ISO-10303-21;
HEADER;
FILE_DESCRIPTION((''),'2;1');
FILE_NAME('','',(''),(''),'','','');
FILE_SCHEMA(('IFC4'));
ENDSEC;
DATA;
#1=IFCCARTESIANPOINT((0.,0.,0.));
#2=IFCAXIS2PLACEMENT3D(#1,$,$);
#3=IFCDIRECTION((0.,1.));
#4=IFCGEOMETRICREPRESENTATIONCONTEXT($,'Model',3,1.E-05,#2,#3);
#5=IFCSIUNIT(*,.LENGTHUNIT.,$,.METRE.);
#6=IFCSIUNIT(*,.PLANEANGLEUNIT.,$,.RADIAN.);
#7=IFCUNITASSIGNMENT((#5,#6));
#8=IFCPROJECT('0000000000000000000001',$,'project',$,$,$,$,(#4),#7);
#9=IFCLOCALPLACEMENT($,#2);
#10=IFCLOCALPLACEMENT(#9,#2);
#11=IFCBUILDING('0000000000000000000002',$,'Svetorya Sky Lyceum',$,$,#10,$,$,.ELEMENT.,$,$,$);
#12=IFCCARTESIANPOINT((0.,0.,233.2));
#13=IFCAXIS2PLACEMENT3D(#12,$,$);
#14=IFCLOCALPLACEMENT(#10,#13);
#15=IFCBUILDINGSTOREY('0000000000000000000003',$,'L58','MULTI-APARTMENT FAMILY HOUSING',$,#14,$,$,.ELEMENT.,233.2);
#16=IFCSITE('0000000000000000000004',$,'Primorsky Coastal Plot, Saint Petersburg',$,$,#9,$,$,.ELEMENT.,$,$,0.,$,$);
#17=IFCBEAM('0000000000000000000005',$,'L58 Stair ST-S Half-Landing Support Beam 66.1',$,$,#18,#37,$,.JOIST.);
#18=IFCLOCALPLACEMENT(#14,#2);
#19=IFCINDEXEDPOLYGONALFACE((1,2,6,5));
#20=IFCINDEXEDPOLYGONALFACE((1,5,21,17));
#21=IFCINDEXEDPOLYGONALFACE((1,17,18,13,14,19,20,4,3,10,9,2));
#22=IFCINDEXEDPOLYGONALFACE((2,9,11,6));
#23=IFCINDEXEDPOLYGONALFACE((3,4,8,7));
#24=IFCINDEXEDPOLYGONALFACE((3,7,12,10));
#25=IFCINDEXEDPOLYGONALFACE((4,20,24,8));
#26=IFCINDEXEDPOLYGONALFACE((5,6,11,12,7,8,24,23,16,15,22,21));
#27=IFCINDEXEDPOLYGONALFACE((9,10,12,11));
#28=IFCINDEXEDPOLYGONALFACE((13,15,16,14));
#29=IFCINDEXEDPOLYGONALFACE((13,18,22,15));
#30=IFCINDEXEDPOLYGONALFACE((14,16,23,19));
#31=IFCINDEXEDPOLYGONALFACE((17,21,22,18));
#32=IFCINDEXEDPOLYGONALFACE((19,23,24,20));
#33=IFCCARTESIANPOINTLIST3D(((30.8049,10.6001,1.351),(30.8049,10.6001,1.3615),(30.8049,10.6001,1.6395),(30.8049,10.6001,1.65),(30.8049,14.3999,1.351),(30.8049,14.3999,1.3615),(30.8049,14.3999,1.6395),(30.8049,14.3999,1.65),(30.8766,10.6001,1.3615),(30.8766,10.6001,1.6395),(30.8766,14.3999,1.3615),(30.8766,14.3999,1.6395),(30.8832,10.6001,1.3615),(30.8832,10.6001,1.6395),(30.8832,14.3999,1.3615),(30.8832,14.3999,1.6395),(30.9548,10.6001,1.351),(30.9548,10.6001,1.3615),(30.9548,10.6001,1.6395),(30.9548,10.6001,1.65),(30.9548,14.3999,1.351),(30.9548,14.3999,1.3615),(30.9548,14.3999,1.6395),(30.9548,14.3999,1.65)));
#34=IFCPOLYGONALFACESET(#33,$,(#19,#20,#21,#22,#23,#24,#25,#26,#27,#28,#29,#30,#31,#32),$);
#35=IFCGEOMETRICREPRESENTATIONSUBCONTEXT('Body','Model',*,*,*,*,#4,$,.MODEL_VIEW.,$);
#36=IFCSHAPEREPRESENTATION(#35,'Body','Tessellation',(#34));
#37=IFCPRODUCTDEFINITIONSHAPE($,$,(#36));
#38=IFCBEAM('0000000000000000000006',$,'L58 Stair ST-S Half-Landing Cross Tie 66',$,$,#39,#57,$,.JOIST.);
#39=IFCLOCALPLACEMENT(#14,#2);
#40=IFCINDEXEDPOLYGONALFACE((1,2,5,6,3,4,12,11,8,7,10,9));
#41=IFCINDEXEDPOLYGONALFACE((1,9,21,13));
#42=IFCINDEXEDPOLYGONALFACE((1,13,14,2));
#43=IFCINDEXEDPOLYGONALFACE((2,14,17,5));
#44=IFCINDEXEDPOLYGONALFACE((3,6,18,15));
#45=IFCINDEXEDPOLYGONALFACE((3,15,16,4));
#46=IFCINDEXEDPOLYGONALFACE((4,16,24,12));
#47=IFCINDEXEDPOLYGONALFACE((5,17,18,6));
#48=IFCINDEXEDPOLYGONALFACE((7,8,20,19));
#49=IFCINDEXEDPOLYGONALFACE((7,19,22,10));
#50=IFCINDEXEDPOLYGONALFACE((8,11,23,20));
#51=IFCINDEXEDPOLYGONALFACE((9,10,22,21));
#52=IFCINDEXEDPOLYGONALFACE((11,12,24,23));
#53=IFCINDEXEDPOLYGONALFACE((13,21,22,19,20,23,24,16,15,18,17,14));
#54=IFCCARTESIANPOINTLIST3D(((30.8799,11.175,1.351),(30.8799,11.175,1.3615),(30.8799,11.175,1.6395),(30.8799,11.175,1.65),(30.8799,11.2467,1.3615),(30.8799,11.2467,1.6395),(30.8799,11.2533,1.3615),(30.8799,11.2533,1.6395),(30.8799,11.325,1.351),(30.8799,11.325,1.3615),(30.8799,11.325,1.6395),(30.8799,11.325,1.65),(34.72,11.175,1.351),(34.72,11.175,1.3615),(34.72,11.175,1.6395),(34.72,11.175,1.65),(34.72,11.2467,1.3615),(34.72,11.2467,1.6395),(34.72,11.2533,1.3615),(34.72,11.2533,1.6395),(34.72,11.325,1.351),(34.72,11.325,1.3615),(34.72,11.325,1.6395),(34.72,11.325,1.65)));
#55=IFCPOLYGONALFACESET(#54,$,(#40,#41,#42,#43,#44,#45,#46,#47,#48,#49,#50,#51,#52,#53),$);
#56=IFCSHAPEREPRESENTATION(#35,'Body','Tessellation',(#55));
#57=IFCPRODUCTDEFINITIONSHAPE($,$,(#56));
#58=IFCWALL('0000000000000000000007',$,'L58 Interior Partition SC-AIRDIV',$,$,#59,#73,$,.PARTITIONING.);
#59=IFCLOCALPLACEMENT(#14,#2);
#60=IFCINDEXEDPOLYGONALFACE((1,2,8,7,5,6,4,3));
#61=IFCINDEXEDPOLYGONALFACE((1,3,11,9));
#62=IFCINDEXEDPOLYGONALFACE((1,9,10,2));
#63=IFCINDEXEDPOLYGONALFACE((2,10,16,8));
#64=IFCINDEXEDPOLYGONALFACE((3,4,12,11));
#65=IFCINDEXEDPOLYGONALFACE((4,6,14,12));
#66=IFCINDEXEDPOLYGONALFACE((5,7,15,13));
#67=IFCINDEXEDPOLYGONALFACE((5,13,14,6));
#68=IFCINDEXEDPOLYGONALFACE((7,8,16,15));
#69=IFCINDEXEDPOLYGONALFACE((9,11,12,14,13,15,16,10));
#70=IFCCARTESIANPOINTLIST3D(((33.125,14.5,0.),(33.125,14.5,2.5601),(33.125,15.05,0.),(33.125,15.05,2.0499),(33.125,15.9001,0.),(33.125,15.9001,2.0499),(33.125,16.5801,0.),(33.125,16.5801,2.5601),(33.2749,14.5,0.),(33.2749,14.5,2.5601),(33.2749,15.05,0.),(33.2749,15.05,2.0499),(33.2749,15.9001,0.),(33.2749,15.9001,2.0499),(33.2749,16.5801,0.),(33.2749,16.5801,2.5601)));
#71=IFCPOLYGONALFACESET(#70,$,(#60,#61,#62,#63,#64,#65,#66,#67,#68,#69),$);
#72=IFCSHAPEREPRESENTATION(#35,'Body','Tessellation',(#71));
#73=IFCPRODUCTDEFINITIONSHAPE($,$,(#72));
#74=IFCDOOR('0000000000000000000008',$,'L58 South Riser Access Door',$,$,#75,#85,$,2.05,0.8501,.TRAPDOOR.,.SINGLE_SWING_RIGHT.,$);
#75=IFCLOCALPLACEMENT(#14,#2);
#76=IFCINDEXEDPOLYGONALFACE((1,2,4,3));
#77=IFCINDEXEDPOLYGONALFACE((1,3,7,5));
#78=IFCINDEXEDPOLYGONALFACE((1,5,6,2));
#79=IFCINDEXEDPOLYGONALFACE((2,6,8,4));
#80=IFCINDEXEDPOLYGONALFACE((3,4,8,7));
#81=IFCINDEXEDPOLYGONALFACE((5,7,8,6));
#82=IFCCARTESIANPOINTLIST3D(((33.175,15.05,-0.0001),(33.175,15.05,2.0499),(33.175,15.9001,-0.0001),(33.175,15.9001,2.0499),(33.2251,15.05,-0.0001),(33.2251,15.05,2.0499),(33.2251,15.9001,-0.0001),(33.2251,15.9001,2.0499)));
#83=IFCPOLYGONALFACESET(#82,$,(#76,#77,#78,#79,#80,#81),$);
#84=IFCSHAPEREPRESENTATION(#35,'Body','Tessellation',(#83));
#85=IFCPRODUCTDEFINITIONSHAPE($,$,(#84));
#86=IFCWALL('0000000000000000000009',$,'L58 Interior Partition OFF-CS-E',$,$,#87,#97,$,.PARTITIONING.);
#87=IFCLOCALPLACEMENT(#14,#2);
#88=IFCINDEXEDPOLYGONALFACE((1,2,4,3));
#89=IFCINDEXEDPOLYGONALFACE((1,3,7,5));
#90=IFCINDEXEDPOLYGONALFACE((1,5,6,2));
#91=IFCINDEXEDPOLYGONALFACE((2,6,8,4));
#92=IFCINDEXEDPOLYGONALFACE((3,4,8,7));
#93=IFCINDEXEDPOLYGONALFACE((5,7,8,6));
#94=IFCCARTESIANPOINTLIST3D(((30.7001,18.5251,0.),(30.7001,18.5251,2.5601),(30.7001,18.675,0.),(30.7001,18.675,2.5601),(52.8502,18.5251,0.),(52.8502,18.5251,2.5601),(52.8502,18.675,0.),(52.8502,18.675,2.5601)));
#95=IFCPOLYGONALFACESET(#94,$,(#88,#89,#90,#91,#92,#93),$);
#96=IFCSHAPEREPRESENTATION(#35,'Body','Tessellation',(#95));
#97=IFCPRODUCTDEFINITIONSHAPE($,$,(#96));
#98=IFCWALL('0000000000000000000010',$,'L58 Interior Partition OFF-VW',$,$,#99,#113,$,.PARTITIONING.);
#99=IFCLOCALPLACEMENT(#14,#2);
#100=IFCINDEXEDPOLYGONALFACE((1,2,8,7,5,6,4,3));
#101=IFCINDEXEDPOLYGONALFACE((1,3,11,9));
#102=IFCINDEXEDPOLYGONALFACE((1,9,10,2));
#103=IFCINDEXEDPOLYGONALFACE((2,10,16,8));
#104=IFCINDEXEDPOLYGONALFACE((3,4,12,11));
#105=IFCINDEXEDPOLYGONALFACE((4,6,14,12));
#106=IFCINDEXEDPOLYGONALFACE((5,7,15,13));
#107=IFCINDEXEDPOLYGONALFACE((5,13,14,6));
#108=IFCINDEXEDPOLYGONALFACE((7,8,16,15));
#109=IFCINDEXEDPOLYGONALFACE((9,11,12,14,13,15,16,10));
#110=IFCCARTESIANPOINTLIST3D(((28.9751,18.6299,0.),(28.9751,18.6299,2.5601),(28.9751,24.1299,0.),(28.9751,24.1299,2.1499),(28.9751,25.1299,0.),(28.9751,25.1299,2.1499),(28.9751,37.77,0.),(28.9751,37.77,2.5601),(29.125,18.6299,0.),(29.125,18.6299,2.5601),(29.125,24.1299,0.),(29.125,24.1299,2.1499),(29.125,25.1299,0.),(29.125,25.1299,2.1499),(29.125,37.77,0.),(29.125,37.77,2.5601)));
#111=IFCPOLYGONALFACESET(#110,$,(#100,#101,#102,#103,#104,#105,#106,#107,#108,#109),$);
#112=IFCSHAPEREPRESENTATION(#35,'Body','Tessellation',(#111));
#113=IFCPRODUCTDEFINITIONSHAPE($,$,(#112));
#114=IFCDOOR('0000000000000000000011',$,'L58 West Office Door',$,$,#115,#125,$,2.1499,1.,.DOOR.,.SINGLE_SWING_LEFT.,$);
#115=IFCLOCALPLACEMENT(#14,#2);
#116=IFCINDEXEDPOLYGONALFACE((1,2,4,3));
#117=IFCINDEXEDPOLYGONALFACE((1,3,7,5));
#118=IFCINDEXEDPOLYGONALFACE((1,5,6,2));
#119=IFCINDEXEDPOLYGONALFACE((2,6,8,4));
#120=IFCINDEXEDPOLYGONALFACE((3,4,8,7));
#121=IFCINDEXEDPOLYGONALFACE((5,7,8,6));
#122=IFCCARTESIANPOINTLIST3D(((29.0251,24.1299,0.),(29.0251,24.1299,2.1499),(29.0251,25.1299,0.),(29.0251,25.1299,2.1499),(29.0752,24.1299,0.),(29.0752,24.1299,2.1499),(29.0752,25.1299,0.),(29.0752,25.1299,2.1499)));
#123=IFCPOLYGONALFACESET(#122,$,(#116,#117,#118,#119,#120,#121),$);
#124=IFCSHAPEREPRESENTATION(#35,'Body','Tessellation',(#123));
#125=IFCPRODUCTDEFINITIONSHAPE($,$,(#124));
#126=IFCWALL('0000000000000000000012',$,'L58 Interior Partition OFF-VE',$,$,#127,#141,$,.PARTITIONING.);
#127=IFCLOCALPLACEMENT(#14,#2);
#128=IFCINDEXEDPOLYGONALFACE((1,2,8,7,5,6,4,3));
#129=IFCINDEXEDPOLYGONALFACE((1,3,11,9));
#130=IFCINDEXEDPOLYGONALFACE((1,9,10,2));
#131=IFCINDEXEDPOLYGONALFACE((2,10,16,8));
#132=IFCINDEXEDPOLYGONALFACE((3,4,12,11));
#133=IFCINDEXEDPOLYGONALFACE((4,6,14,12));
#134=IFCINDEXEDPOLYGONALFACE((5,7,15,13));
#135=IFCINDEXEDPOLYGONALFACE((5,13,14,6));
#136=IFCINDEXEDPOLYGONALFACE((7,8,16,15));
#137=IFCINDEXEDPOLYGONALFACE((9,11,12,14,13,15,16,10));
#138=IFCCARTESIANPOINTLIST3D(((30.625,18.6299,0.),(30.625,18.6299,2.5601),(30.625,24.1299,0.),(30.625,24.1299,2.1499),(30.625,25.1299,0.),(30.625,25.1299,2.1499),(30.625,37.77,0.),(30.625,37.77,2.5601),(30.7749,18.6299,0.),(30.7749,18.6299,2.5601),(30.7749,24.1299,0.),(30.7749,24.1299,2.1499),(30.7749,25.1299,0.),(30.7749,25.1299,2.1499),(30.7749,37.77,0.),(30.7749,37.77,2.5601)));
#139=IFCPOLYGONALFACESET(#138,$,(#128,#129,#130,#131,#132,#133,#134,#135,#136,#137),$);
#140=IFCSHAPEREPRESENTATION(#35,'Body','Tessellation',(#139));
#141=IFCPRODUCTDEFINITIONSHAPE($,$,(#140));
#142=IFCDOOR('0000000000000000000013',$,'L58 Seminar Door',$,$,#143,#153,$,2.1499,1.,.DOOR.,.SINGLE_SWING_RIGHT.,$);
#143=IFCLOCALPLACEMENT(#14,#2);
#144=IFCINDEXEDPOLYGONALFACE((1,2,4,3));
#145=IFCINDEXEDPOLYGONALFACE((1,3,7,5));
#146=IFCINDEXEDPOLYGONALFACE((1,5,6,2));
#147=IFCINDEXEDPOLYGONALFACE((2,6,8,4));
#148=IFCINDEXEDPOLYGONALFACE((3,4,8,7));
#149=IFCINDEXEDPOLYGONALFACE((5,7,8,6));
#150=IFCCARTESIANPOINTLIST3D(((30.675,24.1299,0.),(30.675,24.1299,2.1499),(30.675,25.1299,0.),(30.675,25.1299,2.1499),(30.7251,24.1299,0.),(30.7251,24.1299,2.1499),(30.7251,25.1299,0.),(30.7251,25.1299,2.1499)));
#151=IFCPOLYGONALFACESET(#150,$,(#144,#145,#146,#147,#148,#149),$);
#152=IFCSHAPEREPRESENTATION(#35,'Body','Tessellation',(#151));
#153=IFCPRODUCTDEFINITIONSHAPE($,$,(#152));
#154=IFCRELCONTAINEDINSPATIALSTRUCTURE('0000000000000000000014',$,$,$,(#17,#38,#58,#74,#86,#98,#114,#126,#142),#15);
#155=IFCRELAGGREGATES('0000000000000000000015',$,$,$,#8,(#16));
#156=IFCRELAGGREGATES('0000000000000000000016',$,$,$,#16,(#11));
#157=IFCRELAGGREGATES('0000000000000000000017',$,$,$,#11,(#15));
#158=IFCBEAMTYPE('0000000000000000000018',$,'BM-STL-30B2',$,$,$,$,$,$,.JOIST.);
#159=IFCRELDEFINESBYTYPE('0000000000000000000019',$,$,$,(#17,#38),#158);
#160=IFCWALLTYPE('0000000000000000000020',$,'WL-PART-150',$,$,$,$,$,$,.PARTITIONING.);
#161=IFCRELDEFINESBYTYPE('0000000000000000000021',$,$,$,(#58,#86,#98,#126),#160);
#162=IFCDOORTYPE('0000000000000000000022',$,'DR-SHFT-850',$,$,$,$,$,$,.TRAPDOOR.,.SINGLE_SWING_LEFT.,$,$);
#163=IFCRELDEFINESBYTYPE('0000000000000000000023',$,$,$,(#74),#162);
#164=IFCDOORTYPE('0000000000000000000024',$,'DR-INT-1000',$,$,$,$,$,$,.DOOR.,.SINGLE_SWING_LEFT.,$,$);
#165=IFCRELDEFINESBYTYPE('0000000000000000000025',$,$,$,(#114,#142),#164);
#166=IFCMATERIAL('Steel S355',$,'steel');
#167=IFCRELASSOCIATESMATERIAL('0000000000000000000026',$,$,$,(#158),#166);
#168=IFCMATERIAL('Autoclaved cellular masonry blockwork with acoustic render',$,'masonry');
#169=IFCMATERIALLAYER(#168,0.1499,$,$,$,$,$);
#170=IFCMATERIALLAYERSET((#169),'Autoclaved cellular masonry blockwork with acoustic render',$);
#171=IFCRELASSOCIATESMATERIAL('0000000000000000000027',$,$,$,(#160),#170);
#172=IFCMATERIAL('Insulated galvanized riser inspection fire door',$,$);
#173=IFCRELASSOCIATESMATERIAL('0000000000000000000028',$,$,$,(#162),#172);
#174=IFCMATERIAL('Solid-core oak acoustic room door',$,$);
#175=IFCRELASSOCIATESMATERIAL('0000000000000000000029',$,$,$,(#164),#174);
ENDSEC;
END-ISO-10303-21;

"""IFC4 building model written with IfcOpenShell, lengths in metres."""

from ifc_helpers import new_model, si_unit, direction, frame, frame_2d, origin, origin_2d, place, context, subcontext, project, spatial, rectangle, i_section, extrude, material, layer, layer_set, material_profile, profile_set, type_object, element, fill, save


model = new_model("IFC4")

# Units and contexts
model_context = context("Model", 3, precision=1e-05, world=origin(), true_north=direction((0.0, 1.0)))
body_context = subcontext(model_context, "Body", "Model", "MODEL_VIEW")
ifc_project = project(units=[si_unit("LENGTHUNIT", "METRE"), si_unit("PLANEANGLEUNIT", "RADIAN")], contexts=[model_context])

# Site, building, storey
site_placement = place(None, origin())
site = spatial("IfcSite", under=ifc_project, at=site_placement, Name="Primorsky Coastal Plot, Saint Petersburg", CompositionType="ELEMENT", RefElevation=0.0)
building_placement = place(site_placement, origin())
building = spatial("IfcBuilding", under=site, at=building_placement, Name="Svetorya Sky Lyceum", CompositionType="ELEMENT")
storey_placement = place(building_placement, frame((0.0, 0.0, 233.2)))
storey = spatial("IfcBuildingStorey", under=building, at=storey_placement, Name="L58", Description="MULTI-APARTMENT FAMILY HOUSING", CompositionType="ELEMENT", Elevation=233.2)

# Beams
ifc_material_1 = material(Name="Steel S355", Category="steel")
ifc_material_profile = material_profile(ifc_material_1, i_section(OverallWidth=0.1499, OverallDepth=0.2991, WebThickness=0.0066, FlangeThickness=0.0105, at=origin_2d()), Name="GOST 30B2")
ifc_profile_set = profile_set([ifc_material_profile], Name="Steel S355")
beam_type = type_object("IfcBeamType", Name="BM-STL-30B2", PredefinedType="JOIST", material=ifc_profile_set)
beam_1_placement = place(storey_placement, frame((30.8799, 10.6001, 1.5005), z_axis=(0.0, 1.0, 0.0), x_axis=(-1.0, 0.0, 0.0)))
element("IfcBeam", 1, at=beam_1_placement, inside=storey, type_object=beam_type, Name="L58 Stair ST-S Half-Landing Support Beam 66.1", PredefinedType="JOIST", context=body_context, shape_type="SweptSolid", body=[
    extrude(i_section(OverallWidth=0.1499, OverallDepth=0.2991, WebThickness=0.0066, FlangeThickness=0.0105, at=origin_2d()), origin(), (0.0, 0.0, 1.0), 3.7998),
])
beam_2_placement = place(storey_placement, frame((30.8799, 11.25, 1.5005), z_axis=(1.0, 0.0, 0.0), x_axis=(0.0, 1.0, 0.0)))
element("IfcBeam", 2, at=beam_2_placement, inside=storey, type_object=beam_type, Name="L58 Stair ST-S Half-Landing Cross Tie 66", PredefinedType="JOIST", context=body_context, shape_type="SweptSolid", body=[
    extrude(i_section(OverallWidth=0.1499, OverallDepth=0.2991, WebThickness=0.0066, FlangeThickness=0.0105, at=origin_2d()), origin(), (0.0, 0.0, 1.0), 3.8401),
])

# Wall, opening, door
ifc_material_2 = material(Name="Autoclaved cellular masonry blockwork with acoustic render", Category="masonry")
ifc_layer = layer(ifc_material_2, 0.1499)
ifc_layer_set = layer_set([ifc_layer], Name="Autoclaved cellular masonry blockwork with acoustic render")
wall_type = type_object("IfcWallType", Name="WL-PART-150", PredefinedType="PARTITIONING", material=ifc_layer_set)
wall_1_placement = place(storey_placement, frame((33.2, 14.5, 0.0), z_axis=(0.0, 0.0, 1.0), x_axis=(0.0, 1.0, 0.0)))
wall_1 = element("IfcWall", 3, at=wall_1_placement, inside=storey, type_object=wall_type, Name="L58 Interior Partition SC-AIRDIV", PredefinedType="PARTITIONING", context=body_context, shape_type="SweptSolid", body=[
    extrude(rectangle(XDim=2.0801, YDim=0.1499, at=frame_2d((1.04, 0.0))), origin(), (0.0, 0.0, 1.0), 2.5601),
])
opening_1_placement = place(wall_1_placement, frame((0.55, 0.0, 0.0)))
opening_1 = element("IfcOpeningElement", 4, at=opening_1_placement, cuts=wall_1, PredefinedType="OPENING", context=body_context, shape_type="SweptSolid", body=[
    extrude(rectangle(XDim=0.8501, YDim=2.05, at=frame_2d((0.425, 1.0249))), frame((0.0, 0.085, 0.0), z_axis=(0.0, -1.0, 0.0), x_axis=(1.0, 0.0, 0.0)), (0.0, 0.0, 1.0), 0.1699),
])
ifc_material_3 = material(Name="Insulated galvanized riser inspection fire door")
door_type_1 = type_object("IfcDoorType", Name="DR-SHFT-850", OperationType="SINGLE_SWING_LEFT", PredefinedType="TRAPDOOR", material=ifc_material_3)
door_1_placement = place(opening_1_placement, origin())
door_1 = element("IfcDoor", 5, at=door_1_placement, inside=storey, type_object=door_type_1, Name="L58 South Riser Access Door", OperationType="SINGLE_SWING_RIGHT", OverallHeight=2.05, OverallWidth=0.8501, PredefinedType="TRAPDOOR", context=body_context, shape_type="SweptSolid", body=[
    extrude(rectangle(XDim=0.8501, YDim=2.05, at=frame_2d((0.425, 1.0249))), frame((0.0, 0.0249, 0.0), z_axis=(0.0, -1.0, 0.0), x_axis=(1.0, 0.0, 0.0)), (0.0, 0.0, 1.0), 0.05),
])
fill(opening_1, door_1)

# Wall
wall_2_placement = place(storey_placement, frame((30.7, 18.6001, 0.0), z_axis=(0.0, 0.0, 1.0), x_axis=(1.0, 0.0, 0.0)))
element("IfcWall", 6, at=wall_2_placement, inside=storey, type_object=wall_type, Name="L58 Interior Partition OFF-CS-E", PredefinedType="PARTITIONING", context=body_context, shape_type="SweptSolid", body=[
    extrude(rectangle(XDim=22.1501, YDim=0.1499, at=frame_2d((11.0752, 0.0))), origin(), (0.0, 0.0, 1.0), 2.5601),
])

# Walls, openings, doors
wall_3_placement = place(storey_placement, frame((29.05, 18.6299, 0.0), z_axis=(0.0, 0.0, 1.0), x_axis=(0.0, 1.0, 0.0)))
wall_3 = element("IfcWall", 7, at=wall_3_placement, inside=storey, type_object=wall_type, Name="L58 Interior Partition OFF-VW", PredefinedType="PARTITIONING", context=body_context, shape_type="SweptSolid", body=[
    extrude(rectangle(XDim=19.1401, YDim=0.1499, at=frame_2d((9.5701, 0.0))), origin(), (0.0, 0.0, 1.0), 2.5601),
])
opening_2_placement = place(wall_3_placement, frame((5.5, 0.0, 0.0)))
opening_2 = element("IfcOpeningElement", 8, at=opening_2_placement, cuts=wall_3, PredefinedType="OPENING", context=body_context, shape_type="SweptSolid", body=[
    extrude(rectangle(XDim=1.0, YDim=2.1499, at=frame_2d((0.5, 1.075))), frame((0.0, 0.085, 0.0), z_axis=(0.0, -1.0, 0.0), x_axis=(1.0, 0.0, 0.0)), (0.0, 0.0, 1.0), 0.1699),
])
ifc_material_4 = material(Name="Solid-core oak acoustic room door")
door_type_2 = type_object("IfcDoorType", Name="DR-INT-1000", OperationType="SINGLE_SWING_LEFT", PredefinedType="DOOR", material=ifc_material_4)
door_2_placement = place(opening_2_placement, origin())
door_2 = element("IfcDoor", 9, at=door_2_placement, inside=storey, type_object=door_type_2, Name="L58 West Office Door", OperationType="SINGLE_SWING_LEFT", OverallHeight=2.1499, OverallWidth=1.0, PredefinedType="DOOR", context=body_context, shape_type="SweptSolid", body=[
    extrude(rectangle(XDim=1.0, YDim=2.1499, at=frame_2d((0.5, 1.075))), frame((0.0, 0.0249, 0.0), z_axis=(0.0, -1.0, 0.0), x_axis=(1.0, 0.0, 0.0)), (0.0, 0.0, 1.0), 0.05),
])
fill(opening_2, door_2)
wall_4_placement = place(storey_placement, frame((30.7, 18.6299, 0.0), z_axis=(0.0, 0.0, 1.0), x_axis=(0.0, 1.0, 0.0)))
wall_4 = element("IfcWall", 10, at=wall_4_placement, inside=storey, type_object=wall_type, Name="L58 Interior Partition OFF-VE", PredefinedType="PARTITIONING", context=body_context, shape_type="SweptSolid", body=[
    extrude(rectangle(XDim=19.1401, YDim=0.1499, at=frame_2d((9.5701, 0.0))), origin(), (0.0, 0.0, 1.0), 2.5601),
])
opening_3_placement = place(wall_4_placement, frame((5.5, 0.0, 0.0)))
opening_3 = element("IfcOpeningElement", 11, at=opening_3_placement, cuts=wall_4, PredefinedType="OPENING", context=body_context, shape_type="SweptSolid", body=[
    extrude(rectangle(XDim=1.0, YDim=2.1499, at=frame_2d((0.5, 1.075))), frame((0.0, 0.085, 0.0), z_axis=(0.0, -1.0, 0.0), x_axis=(1.0, 0.0, 0.0)), (0.0, 0.0, 1.0), 0.1699),
])
door_3_placement = place(opening_3_placement, origin())
door_3 = element("IfcDoor", 12, at=door_3_placement, inside=storey, type_object=door_type_2, Name="L58 Seminar Door", OperationType="SINGLE_SWING_RIGHT", OverallHeight=2.1499, OverallWidth=1.0, PredefinedType="DOOR", context=body_context, shape_type="SweptSolid", body=[
    extrude(rectangle(XDim=1.0, YDim=2.1499, at=frame_2d((0.5, 1.075))), frame((0.0, 0.0249, 0.0), z_axis=(0.0, -1.0, 0.0), x_axis=(1.0, 0.0, 0.0)), (0.0, 0.0, 1.0), 0.05),
])
fill(opening_3, door_3)

save(model, "model.ifc")
